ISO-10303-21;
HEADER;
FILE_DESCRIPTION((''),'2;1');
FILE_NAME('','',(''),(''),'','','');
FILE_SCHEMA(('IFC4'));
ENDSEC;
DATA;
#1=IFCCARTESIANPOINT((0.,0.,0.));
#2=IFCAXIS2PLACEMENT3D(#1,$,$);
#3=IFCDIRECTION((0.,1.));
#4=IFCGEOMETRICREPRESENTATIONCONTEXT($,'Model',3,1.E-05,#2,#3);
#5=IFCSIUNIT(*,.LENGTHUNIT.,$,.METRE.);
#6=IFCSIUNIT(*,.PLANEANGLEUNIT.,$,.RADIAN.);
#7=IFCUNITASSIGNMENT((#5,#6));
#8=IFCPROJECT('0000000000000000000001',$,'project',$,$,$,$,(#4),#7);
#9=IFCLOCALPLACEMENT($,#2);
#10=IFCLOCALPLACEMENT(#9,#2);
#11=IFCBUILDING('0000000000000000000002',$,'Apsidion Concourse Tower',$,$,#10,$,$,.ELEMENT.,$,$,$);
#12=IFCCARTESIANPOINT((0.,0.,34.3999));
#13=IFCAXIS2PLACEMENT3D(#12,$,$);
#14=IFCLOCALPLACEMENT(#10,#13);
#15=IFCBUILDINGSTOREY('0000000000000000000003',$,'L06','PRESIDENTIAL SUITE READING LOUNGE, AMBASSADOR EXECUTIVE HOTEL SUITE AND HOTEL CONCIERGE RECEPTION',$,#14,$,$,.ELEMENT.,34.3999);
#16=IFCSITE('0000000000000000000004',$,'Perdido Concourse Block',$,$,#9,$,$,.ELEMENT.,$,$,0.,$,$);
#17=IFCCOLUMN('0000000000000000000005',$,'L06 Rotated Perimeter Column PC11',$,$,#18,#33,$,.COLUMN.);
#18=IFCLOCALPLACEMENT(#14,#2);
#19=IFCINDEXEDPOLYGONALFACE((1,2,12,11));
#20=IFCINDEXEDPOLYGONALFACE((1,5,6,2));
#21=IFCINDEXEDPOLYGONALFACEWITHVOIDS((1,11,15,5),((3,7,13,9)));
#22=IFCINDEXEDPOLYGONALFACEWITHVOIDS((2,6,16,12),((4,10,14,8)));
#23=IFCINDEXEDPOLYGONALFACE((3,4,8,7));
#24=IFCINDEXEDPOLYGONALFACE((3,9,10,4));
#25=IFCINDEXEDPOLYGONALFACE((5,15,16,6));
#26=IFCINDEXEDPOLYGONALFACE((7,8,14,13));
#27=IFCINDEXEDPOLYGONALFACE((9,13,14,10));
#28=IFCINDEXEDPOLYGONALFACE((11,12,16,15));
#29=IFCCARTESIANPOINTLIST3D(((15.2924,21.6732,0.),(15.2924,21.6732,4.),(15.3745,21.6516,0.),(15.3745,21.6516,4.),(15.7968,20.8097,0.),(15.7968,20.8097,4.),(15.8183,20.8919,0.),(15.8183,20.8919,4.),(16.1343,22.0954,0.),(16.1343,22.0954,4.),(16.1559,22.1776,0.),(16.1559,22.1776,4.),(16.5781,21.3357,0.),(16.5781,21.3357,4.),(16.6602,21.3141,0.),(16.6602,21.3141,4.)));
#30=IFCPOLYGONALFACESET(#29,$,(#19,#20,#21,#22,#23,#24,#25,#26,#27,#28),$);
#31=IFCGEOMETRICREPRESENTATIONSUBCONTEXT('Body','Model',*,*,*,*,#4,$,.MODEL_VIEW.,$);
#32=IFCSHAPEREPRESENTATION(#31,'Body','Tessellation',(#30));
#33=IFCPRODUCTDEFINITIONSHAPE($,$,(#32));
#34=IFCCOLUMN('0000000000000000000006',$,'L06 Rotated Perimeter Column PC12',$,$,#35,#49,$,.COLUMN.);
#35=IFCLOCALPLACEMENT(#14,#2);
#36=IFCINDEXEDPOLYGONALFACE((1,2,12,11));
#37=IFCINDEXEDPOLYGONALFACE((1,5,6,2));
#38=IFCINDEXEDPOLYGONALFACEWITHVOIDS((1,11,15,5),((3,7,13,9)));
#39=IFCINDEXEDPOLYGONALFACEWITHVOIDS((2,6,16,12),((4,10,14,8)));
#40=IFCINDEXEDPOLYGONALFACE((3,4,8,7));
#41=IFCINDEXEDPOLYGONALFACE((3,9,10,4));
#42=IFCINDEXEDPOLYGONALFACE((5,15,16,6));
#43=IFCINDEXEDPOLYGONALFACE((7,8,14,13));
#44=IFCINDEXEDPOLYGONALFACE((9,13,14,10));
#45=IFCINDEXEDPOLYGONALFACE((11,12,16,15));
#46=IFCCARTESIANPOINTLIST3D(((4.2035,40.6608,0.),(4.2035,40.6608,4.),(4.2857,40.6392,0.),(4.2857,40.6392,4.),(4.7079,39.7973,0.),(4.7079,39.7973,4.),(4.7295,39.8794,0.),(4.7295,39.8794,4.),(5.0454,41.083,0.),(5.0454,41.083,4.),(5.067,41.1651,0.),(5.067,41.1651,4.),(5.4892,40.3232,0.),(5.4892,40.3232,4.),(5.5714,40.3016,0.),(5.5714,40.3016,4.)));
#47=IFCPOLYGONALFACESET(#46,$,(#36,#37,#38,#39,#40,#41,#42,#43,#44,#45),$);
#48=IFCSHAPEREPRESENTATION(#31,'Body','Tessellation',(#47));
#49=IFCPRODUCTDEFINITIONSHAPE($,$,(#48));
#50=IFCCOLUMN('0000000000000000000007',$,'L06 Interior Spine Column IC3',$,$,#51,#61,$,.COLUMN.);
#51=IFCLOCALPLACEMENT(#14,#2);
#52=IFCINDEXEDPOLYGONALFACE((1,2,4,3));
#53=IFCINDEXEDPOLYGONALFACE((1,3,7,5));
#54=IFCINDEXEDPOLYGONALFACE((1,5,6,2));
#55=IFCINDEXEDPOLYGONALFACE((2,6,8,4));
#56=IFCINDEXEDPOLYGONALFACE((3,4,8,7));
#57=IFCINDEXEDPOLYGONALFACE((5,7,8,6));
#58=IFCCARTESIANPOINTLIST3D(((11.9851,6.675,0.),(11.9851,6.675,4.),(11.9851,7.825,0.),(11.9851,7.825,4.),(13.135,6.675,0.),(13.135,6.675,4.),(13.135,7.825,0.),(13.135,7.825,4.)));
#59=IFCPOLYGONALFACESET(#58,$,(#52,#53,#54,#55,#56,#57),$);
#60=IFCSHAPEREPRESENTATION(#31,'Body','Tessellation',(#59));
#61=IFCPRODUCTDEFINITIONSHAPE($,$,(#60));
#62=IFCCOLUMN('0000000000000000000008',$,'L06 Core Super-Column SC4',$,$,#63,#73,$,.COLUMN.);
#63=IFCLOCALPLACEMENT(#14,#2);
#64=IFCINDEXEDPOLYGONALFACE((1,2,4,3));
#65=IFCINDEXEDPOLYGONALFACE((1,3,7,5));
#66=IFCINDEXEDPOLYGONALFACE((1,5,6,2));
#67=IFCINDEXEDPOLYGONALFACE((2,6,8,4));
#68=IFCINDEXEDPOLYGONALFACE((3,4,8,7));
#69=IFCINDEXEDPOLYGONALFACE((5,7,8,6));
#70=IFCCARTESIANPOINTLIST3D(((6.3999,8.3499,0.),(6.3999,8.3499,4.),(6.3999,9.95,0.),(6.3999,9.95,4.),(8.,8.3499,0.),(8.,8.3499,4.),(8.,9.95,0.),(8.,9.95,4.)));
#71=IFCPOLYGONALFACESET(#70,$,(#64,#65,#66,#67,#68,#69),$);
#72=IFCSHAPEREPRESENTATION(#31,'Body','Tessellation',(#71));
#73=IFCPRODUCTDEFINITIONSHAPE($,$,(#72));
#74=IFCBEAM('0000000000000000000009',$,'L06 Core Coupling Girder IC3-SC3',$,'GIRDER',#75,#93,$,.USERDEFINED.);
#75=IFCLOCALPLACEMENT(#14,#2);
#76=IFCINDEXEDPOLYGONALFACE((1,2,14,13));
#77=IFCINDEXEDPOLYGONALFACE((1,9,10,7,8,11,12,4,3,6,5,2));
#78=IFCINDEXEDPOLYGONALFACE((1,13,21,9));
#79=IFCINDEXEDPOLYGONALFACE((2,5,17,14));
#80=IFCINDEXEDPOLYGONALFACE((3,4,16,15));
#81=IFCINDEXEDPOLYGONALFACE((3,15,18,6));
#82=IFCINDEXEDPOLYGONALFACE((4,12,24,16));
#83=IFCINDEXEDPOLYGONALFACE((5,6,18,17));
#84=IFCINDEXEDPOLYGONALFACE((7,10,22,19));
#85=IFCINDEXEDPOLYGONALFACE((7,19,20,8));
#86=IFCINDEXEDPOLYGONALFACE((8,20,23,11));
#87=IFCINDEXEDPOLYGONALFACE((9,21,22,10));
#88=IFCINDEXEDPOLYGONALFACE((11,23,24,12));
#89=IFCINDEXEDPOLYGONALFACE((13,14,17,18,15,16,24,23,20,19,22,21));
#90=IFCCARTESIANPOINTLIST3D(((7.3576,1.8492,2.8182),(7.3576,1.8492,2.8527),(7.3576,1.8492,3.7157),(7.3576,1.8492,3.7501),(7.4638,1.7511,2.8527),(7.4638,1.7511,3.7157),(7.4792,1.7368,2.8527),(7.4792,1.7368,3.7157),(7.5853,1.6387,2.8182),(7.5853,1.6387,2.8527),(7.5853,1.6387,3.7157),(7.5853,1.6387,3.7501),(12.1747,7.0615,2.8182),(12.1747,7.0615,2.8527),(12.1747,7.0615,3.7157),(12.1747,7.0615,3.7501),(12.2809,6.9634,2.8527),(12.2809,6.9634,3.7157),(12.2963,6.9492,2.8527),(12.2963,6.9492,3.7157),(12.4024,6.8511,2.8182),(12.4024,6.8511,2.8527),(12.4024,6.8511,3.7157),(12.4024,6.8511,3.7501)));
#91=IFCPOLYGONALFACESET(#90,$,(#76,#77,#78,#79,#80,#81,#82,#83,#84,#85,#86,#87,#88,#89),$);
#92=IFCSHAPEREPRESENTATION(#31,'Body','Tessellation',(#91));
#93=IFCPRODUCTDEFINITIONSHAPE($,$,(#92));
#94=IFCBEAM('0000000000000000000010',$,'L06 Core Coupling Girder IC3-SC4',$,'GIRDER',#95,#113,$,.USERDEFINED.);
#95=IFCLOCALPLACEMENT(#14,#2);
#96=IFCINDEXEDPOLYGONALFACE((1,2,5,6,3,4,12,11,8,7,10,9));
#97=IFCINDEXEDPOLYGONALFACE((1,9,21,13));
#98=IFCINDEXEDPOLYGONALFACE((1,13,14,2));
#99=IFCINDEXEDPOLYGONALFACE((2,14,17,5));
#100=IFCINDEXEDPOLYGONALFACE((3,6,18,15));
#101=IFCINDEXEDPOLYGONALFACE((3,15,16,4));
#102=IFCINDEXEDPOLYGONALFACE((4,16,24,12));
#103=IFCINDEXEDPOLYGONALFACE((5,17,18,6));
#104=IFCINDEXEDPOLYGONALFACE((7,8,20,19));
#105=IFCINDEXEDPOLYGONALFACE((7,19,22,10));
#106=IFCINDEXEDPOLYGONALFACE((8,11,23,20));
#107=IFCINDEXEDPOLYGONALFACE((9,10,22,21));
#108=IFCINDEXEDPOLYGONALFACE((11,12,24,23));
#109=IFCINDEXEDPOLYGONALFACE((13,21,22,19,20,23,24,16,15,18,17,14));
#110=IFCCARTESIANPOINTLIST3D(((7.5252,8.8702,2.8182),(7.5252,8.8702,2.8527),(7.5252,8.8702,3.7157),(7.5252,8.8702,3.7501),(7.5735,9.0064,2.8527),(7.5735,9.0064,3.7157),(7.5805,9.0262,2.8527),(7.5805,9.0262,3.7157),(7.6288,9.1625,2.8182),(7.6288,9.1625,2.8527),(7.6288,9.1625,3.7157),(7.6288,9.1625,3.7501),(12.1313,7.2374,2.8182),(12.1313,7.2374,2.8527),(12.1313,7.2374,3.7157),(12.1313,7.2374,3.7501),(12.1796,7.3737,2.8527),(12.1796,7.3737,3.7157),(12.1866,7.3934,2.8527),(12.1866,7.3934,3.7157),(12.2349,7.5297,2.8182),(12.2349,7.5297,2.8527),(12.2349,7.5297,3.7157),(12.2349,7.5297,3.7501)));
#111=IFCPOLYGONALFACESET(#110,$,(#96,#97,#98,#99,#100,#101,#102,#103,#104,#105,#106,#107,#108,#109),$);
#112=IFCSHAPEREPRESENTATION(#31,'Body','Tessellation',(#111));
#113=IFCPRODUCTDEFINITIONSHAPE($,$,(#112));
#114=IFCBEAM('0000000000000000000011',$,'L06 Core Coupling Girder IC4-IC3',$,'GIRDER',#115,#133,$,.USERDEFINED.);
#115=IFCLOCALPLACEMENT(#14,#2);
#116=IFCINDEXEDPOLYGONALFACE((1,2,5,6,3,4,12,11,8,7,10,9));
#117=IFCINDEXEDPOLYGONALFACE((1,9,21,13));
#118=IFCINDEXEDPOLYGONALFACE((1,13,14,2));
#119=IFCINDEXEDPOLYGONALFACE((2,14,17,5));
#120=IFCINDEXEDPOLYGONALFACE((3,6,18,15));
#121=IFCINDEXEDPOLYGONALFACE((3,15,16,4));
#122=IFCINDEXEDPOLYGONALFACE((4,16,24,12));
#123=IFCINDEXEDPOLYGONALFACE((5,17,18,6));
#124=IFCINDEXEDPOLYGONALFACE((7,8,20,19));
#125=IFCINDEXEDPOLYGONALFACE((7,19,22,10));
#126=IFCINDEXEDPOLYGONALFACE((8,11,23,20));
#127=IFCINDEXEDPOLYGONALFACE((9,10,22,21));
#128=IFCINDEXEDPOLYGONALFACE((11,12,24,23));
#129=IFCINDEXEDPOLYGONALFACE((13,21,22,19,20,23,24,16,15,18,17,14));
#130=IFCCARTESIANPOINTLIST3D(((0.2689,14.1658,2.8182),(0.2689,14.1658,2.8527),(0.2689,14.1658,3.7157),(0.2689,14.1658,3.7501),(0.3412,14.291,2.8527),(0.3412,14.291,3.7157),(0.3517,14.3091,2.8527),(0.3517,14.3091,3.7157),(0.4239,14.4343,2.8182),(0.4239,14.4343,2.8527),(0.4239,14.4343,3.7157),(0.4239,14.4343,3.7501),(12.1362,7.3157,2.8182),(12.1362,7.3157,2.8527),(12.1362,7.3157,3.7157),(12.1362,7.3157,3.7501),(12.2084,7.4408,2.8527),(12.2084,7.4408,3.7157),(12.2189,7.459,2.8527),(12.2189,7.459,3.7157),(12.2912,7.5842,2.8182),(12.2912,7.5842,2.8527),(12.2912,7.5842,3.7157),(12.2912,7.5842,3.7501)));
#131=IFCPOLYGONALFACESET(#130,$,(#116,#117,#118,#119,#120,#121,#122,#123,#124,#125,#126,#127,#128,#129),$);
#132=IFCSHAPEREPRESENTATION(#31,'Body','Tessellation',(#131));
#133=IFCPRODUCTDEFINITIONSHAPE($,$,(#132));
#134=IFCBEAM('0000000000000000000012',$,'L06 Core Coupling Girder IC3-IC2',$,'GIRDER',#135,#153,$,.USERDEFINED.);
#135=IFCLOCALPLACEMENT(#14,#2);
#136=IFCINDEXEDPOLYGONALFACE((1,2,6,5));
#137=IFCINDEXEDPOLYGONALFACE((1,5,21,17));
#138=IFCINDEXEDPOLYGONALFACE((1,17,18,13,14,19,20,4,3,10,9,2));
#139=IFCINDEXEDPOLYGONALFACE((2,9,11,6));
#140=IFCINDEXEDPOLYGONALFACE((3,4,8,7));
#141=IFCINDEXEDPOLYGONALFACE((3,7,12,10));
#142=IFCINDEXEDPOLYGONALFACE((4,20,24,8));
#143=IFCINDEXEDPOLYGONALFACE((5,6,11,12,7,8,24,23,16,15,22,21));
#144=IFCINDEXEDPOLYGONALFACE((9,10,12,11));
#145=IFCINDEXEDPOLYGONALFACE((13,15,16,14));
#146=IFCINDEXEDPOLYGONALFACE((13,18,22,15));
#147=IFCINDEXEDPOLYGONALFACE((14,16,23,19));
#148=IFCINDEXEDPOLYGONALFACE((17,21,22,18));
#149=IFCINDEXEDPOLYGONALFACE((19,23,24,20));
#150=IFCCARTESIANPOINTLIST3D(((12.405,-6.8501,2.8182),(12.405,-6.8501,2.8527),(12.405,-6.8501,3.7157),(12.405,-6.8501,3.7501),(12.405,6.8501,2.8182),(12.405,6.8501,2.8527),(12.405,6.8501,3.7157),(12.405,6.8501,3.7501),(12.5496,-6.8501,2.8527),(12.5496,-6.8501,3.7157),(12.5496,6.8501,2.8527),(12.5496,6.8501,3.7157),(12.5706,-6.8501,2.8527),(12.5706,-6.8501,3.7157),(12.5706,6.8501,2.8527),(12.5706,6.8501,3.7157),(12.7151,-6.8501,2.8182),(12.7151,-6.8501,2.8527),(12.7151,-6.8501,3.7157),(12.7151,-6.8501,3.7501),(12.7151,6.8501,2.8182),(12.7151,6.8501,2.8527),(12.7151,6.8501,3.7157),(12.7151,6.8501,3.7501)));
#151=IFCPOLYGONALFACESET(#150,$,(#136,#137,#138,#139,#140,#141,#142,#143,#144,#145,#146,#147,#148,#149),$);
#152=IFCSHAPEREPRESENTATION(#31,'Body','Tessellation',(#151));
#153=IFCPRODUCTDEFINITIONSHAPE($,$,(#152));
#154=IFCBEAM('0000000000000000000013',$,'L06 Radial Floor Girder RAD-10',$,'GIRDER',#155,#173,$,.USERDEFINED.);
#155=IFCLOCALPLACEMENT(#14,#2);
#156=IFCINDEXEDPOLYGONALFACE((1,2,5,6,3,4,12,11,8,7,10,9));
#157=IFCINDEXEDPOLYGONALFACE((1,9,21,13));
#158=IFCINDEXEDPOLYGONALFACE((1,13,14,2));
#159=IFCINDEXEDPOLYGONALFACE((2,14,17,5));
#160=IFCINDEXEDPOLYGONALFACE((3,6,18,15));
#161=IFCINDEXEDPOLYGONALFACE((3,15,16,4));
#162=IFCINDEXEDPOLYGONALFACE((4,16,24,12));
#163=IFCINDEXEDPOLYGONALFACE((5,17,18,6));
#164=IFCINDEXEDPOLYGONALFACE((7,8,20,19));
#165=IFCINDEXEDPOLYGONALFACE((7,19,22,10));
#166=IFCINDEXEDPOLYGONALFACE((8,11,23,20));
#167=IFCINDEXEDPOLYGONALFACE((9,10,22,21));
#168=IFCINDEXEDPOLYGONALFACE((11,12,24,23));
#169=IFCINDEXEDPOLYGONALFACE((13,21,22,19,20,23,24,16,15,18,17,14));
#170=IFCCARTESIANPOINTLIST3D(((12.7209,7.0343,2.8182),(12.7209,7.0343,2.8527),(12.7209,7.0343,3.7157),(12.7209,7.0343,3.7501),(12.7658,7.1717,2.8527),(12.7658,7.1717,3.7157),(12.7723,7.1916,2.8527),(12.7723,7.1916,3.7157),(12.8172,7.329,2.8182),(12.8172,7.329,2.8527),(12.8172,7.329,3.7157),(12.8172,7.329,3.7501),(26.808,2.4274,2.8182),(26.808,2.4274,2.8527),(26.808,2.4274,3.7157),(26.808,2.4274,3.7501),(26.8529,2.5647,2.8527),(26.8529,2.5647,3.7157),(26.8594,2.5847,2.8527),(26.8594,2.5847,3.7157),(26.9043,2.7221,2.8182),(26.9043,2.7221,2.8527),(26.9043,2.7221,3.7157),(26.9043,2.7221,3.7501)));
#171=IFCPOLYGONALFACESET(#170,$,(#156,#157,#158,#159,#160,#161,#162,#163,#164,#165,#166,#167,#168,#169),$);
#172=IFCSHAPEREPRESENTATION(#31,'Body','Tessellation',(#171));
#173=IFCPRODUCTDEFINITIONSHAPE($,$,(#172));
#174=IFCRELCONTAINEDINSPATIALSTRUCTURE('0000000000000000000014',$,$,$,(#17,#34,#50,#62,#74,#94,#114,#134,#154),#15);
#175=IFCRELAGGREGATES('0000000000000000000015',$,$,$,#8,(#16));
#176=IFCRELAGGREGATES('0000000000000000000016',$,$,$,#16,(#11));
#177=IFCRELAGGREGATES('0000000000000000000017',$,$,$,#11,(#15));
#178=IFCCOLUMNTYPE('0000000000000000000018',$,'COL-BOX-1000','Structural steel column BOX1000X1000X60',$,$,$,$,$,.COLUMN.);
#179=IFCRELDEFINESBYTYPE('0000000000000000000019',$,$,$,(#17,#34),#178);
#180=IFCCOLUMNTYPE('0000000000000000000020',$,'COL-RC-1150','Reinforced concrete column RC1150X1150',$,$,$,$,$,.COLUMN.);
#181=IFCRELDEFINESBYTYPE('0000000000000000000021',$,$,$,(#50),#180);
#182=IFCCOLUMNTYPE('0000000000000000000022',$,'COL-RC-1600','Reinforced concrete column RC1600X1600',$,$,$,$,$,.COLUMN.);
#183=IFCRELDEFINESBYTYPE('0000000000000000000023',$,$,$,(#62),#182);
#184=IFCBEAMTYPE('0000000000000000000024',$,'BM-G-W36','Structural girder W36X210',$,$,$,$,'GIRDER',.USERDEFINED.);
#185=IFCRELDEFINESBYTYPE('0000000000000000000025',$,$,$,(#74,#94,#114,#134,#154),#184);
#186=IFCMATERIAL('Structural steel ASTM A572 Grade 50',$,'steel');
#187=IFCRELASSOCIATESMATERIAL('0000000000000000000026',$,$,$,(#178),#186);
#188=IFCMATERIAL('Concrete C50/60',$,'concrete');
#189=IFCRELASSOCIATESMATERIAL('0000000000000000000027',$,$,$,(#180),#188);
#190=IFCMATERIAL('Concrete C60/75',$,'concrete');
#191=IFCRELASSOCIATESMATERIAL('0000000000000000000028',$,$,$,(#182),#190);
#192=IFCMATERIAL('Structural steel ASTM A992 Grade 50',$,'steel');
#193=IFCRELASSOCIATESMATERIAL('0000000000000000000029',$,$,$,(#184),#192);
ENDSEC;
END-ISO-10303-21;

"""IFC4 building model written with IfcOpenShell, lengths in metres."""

from ifc_helpers import new_model, si_unit, direction, frame, origin, origin_2d, place, context, subcontext, project, spatial, rectangle, hollow_rectangle, i_section, extrude, material, material_profile, profile_set, type_object, element, save


model = new_model("IFC4")

# Units and contexts
model_context = context("Model", 3, precision=1e-05, world=origin(), true_north=direction((0.0, 1.0)))
body_context = subcontext(model_context, "Body", "Model", "MODEL_VIEW")
ifc_project = project(units=[si_unit("LENGTHUNIT", "METRE"), si_unit("PLANEANGLEUNIT", "RADIAN")], contexts=[model_context])

# Site, building, storey
site_placement = place(None, origin())
site = spatial("IfcSite", under=ifc_project, at=site_placement, Name="Perdido Concourse Block", CompositionType="ELEMENT", RefElevation=0.0)
building_placement = place(site_placement, origin())
building = spatial("IfcBuilding", under=site, at=building_placement, Name="Apsidion Concourse Tower", CompositionType="ELEMENT")
storey_placement = place(building_placement, frame((0.0, 0.0, 34.3999)))
storey = spatial("IfcBuildingStorey", under=building, at=storey_placement, Name="L06", Description="PRESIDENTIAL SUITE READING LOUNGE, AMBASSADOR EXECUTIVE HOTEL SUITE AND HOTEL CONCIERGE RECEPTION", CompositionType="ELEMENT", Elevation=34.3999)

# Columns
ifc_material_1 = material(Name="Structural steel ASTM A572 Grade 50", Category="steel")
ifc_material_profile_1 = material_profile(ifc_material_1, hollow_rectangle(XDim=1.0, YDim=1.0, WallThickness=0.0601, at=origin_2d()), Name="BOX1000X1000X60")
ifc_profile_set_1 = profile_set([ifc_material_profile_1], Name="Structural steel ASTM A572 Grade 50")
column_type_1 = type_object("IfcColumnType", Name="COL-BOX-1000", Description="Structural steel column BOX1000X1000X60", PredefinedType="COLUMN", material=ifc_profile_set_1)
for number, where, z_axis, x_axis, name in (
    (1, (15.9763, 21.4937, 0.0), (0.0, 0.0, 1.0), (-0.504377, 0.863484, 0.0), "L06 Rotated Perimeter Column PC11"),
    (2, (4.8875, 40.4812, 0.0), (0.0, 0.0, 1.0), (-0.504377, 0.863484, 0.0), "L06 Rotated Perimeter Column PC12"),
):
    element("IfcColumn", number, at=place(storey_placement, frame(where, z_axis=z_axis, x_axis=x_axis)), inside=storey, type_object=column_type_1, Name=name, PredefinedType="COLUMN", context=body_context, shape_type="SweptSolid", body=[
        extrude(hollow_rectangle(XDim=1.0, YDim=1.0, WallThickness=0.0601, at=origin_2d()), origin(), (0.0, 0.0, 1.0), 4.0),
    ])
ifc_material_2 = material(Name="Concrete C50/60", Category="concrete")
ifc_material_profile_2 = material_profile(ifc_material_2, rectangle(XDim=1.1499, YDim=1.1499, at=origin_2d()), Name="RC 1150x1150")
ifc_profile_set_2 = profile_set([ifc_material_profile_2], Name="Concrete C50/60")
column_type_2 = type_object("IfcColumnType", Name="COL-RC-1150", Description="Reinforced concrete column RC1150X1150", PredefinedType="COLUMN", material=ifc_profile_set_2)
column_1_placement = place(storey_placement, frame((12.5601, 7.25, 0.0), z_axis=(0.0, 0.0, 1.0), x_axis=(1.0, 0.0, 0.0)))
element("IfcColumn", 3, at=column_1_placement, inside=storey, type_object=column_type_2, Name="L06 Interior Spine Column IC3", PredefinedType="COLUMN", context=body_context, shape_type="SweptSolid", body=[
    extrude(rectangle(XDim=1.1499, YDim=1.1499, at=origin_2d()), origin(), (0.0, 0.0, 1.0), 4.0),
])
ifc_material_3 = material(Name="Concrete C60/75", Category="concrete")
ifc_material_profile_3 = material_profile(ifc_material_3, rectangle(XDim=1.6001, YDim=1.6001, at=origin_2d()), Name="RC 1600x1600")
ifc_profile_set_3 = profile_set([ifc_material_profile_3], Name="Concrete C60/75")
column_type_3 = type_object("IfcColumnType", Name="COL-RC-1600", Description="Reinforced concrete column RC1600X1600", PredefinedType="COLUMN", material=ifc_profile_set_3)
column_2_placement = place(storey_placement, frame((7.2, 9.1499, 0.0), z_axis=(0.0, 0.0, 1.0), x_axis=(1.0, 0.0, 0.0)))
element("IfcColumn", 4, at=column_2_placement, inside=storey, type_object=column_type_3, Name="L06 Core Super-Column SC4", PredefinedType="COLUMN", context=body_context, shape_type="SweptSolid", body=[
    extrude(rectangle(XDim=1.6001, YDim=1.6001, at=origin_2d()), origin(), (0.0, 0.0, 1.0), 4.0),
])

# Beams
ifc_material_4 = material(Name="Structural steel ASTM A992 Grade 50", Category="steel")
ifc_material_profile_4 = material_profile(ifc_material_4, i_section(OverallWidth=0.3101, OverallDepth=0.9319, WebThickness=0.021, FlangeThickness=0.0344, at=origin_2d()), Name="W36X210")
ifc_profile_set_4 = profile_set([ifc_material_profile_4], Name="Structural steel ASTM A992 Grade 50")
beam_type_1 = type_object("IfcBeamType", Name="BM-G-W36", Description="Structural girder W36X210", ElementType="GIRDER", PredefinedType="USERDEFINED", material=ifc_profile_set_4)
beam_1_placement = place(storey_placement, frame((12.2886, 6.9563, 3.2842), z_axis=(-0.678713, -0.734404, 0.0), x_axis=(0.734404, -0.678713, 0.0)))
element("IfcBeam", 5, at=beam_1_placement, inside=storey, type_object=beam_type_1, Name="L06 Core Coupling Girder IC3-SC3", ObjectType="GIRDER", PredefinedType="USERDEFINED", context=body_context, shape_type="SweptSolid", body=[
    extrude(i_section(OverallWidth=0.3101, OverallDepth=0.9319, WebThickness=0.021, FlangeThickness=0.0344, at=origin_2d()), origin(), (0.0, 0.0, 1.0), 7.0974),
])
beam_2_placement = place(storey_placement, frame((12.1831, 7.3835, 3.2842), z_axis=(-0.942534, 0.334111, 0.0), x_axis=(-0.334111, -0.942534, 0.0)))
element("IfcBeam", 6, at=beam_2_placement, inside=storey, type_object=beam_type_1, Name="L06 Core Coupling Girder IC3-SC4", ObjectType="GIRDER", PredefinedType="USERDEFINED", context=body_context, shape_type="SweptSolid", body=[
    extrude(i_section(OverallWidth=0.3101, OverallDepth=0.9319, WebThickness=0.021, FlangeThickness=0.0344, at=origin_2d()), origin(), (0.0, 0.0, 1.0), 4.887),
])
beam_3_placement = place(storey_placement, frame((0.3464, 14.3, 3.2842), z_axis=(0.86607, -0.499922, 0.0), x_axis=(0.499922, 0.86607, 0.0)))
element("IfcBeam", 7, at=beam_3_placement, inside=storey, type_object=beam_type_1, Name="L06 Core Coupling Girder IC4-IC3", ObjectType="GIRDER", PredefinedType="USERDEFINED", context=body_context, shape_type="SweptSolid", body=[
    extrude(i_section(OverallWidth=0.3101, OverallDepth=0.9319, WebThickness=0.021, FlangeThickness=0.0344, at=origin_2d()), origin(), (0.0, 0.0, 1.0), 13.7024),
])
beam_4_placement = place(storey_placement, frame((12.5601, 6.8501, 3.2842), z_axis=(0.0, -1.0, 0.0), x_axis=(1.0, 0.0, 0.0)))
element("IfcBeam", 8, at=beam_4_placement, inside=storey, type_object=beam_type_1, Name="L06 Core Coupling Girder IC3-IC2", ObjectType="GIRDER", PredefinedType="USERDEFINED", context=body_context, shape_type="SweptSolid", body=[
    extrude(i_section(OverallWidth=0.3101, OverallDepth=0.9319, WebThickness=0.021, FlangeThickness=0.0344, at=origin_2d()), origin(), (0.0, 0.0, 1.0), 13.7002),
])
beam_5_placement = place(storey_placement, frame((12.769, 7.1816, 3.2842), z_axis=(0.950465, -0.310831, 0.0), x_axis=(0.310831, 0.950465, 0.0)))
element("IfcBeam", 9, at=beam_5_placement, inside=storey, type_object=beam_type_1, Name="L06 Radial Floor Girder RAD-10", ObjectType="GIRDER", PredefinedType="USERDEFINED", context=body_context, shape_type="SweptSolid", body=[
    extrude(i_section(OverallWidth=0.3101, OverallDepth=0.9319, WebThickness=0.021, FlangeThickness=0.0344, at=origin_2d()), origin(), (0.0, 0.0, 1.0), 14.8213),
])

save(model, "model.ifc")
